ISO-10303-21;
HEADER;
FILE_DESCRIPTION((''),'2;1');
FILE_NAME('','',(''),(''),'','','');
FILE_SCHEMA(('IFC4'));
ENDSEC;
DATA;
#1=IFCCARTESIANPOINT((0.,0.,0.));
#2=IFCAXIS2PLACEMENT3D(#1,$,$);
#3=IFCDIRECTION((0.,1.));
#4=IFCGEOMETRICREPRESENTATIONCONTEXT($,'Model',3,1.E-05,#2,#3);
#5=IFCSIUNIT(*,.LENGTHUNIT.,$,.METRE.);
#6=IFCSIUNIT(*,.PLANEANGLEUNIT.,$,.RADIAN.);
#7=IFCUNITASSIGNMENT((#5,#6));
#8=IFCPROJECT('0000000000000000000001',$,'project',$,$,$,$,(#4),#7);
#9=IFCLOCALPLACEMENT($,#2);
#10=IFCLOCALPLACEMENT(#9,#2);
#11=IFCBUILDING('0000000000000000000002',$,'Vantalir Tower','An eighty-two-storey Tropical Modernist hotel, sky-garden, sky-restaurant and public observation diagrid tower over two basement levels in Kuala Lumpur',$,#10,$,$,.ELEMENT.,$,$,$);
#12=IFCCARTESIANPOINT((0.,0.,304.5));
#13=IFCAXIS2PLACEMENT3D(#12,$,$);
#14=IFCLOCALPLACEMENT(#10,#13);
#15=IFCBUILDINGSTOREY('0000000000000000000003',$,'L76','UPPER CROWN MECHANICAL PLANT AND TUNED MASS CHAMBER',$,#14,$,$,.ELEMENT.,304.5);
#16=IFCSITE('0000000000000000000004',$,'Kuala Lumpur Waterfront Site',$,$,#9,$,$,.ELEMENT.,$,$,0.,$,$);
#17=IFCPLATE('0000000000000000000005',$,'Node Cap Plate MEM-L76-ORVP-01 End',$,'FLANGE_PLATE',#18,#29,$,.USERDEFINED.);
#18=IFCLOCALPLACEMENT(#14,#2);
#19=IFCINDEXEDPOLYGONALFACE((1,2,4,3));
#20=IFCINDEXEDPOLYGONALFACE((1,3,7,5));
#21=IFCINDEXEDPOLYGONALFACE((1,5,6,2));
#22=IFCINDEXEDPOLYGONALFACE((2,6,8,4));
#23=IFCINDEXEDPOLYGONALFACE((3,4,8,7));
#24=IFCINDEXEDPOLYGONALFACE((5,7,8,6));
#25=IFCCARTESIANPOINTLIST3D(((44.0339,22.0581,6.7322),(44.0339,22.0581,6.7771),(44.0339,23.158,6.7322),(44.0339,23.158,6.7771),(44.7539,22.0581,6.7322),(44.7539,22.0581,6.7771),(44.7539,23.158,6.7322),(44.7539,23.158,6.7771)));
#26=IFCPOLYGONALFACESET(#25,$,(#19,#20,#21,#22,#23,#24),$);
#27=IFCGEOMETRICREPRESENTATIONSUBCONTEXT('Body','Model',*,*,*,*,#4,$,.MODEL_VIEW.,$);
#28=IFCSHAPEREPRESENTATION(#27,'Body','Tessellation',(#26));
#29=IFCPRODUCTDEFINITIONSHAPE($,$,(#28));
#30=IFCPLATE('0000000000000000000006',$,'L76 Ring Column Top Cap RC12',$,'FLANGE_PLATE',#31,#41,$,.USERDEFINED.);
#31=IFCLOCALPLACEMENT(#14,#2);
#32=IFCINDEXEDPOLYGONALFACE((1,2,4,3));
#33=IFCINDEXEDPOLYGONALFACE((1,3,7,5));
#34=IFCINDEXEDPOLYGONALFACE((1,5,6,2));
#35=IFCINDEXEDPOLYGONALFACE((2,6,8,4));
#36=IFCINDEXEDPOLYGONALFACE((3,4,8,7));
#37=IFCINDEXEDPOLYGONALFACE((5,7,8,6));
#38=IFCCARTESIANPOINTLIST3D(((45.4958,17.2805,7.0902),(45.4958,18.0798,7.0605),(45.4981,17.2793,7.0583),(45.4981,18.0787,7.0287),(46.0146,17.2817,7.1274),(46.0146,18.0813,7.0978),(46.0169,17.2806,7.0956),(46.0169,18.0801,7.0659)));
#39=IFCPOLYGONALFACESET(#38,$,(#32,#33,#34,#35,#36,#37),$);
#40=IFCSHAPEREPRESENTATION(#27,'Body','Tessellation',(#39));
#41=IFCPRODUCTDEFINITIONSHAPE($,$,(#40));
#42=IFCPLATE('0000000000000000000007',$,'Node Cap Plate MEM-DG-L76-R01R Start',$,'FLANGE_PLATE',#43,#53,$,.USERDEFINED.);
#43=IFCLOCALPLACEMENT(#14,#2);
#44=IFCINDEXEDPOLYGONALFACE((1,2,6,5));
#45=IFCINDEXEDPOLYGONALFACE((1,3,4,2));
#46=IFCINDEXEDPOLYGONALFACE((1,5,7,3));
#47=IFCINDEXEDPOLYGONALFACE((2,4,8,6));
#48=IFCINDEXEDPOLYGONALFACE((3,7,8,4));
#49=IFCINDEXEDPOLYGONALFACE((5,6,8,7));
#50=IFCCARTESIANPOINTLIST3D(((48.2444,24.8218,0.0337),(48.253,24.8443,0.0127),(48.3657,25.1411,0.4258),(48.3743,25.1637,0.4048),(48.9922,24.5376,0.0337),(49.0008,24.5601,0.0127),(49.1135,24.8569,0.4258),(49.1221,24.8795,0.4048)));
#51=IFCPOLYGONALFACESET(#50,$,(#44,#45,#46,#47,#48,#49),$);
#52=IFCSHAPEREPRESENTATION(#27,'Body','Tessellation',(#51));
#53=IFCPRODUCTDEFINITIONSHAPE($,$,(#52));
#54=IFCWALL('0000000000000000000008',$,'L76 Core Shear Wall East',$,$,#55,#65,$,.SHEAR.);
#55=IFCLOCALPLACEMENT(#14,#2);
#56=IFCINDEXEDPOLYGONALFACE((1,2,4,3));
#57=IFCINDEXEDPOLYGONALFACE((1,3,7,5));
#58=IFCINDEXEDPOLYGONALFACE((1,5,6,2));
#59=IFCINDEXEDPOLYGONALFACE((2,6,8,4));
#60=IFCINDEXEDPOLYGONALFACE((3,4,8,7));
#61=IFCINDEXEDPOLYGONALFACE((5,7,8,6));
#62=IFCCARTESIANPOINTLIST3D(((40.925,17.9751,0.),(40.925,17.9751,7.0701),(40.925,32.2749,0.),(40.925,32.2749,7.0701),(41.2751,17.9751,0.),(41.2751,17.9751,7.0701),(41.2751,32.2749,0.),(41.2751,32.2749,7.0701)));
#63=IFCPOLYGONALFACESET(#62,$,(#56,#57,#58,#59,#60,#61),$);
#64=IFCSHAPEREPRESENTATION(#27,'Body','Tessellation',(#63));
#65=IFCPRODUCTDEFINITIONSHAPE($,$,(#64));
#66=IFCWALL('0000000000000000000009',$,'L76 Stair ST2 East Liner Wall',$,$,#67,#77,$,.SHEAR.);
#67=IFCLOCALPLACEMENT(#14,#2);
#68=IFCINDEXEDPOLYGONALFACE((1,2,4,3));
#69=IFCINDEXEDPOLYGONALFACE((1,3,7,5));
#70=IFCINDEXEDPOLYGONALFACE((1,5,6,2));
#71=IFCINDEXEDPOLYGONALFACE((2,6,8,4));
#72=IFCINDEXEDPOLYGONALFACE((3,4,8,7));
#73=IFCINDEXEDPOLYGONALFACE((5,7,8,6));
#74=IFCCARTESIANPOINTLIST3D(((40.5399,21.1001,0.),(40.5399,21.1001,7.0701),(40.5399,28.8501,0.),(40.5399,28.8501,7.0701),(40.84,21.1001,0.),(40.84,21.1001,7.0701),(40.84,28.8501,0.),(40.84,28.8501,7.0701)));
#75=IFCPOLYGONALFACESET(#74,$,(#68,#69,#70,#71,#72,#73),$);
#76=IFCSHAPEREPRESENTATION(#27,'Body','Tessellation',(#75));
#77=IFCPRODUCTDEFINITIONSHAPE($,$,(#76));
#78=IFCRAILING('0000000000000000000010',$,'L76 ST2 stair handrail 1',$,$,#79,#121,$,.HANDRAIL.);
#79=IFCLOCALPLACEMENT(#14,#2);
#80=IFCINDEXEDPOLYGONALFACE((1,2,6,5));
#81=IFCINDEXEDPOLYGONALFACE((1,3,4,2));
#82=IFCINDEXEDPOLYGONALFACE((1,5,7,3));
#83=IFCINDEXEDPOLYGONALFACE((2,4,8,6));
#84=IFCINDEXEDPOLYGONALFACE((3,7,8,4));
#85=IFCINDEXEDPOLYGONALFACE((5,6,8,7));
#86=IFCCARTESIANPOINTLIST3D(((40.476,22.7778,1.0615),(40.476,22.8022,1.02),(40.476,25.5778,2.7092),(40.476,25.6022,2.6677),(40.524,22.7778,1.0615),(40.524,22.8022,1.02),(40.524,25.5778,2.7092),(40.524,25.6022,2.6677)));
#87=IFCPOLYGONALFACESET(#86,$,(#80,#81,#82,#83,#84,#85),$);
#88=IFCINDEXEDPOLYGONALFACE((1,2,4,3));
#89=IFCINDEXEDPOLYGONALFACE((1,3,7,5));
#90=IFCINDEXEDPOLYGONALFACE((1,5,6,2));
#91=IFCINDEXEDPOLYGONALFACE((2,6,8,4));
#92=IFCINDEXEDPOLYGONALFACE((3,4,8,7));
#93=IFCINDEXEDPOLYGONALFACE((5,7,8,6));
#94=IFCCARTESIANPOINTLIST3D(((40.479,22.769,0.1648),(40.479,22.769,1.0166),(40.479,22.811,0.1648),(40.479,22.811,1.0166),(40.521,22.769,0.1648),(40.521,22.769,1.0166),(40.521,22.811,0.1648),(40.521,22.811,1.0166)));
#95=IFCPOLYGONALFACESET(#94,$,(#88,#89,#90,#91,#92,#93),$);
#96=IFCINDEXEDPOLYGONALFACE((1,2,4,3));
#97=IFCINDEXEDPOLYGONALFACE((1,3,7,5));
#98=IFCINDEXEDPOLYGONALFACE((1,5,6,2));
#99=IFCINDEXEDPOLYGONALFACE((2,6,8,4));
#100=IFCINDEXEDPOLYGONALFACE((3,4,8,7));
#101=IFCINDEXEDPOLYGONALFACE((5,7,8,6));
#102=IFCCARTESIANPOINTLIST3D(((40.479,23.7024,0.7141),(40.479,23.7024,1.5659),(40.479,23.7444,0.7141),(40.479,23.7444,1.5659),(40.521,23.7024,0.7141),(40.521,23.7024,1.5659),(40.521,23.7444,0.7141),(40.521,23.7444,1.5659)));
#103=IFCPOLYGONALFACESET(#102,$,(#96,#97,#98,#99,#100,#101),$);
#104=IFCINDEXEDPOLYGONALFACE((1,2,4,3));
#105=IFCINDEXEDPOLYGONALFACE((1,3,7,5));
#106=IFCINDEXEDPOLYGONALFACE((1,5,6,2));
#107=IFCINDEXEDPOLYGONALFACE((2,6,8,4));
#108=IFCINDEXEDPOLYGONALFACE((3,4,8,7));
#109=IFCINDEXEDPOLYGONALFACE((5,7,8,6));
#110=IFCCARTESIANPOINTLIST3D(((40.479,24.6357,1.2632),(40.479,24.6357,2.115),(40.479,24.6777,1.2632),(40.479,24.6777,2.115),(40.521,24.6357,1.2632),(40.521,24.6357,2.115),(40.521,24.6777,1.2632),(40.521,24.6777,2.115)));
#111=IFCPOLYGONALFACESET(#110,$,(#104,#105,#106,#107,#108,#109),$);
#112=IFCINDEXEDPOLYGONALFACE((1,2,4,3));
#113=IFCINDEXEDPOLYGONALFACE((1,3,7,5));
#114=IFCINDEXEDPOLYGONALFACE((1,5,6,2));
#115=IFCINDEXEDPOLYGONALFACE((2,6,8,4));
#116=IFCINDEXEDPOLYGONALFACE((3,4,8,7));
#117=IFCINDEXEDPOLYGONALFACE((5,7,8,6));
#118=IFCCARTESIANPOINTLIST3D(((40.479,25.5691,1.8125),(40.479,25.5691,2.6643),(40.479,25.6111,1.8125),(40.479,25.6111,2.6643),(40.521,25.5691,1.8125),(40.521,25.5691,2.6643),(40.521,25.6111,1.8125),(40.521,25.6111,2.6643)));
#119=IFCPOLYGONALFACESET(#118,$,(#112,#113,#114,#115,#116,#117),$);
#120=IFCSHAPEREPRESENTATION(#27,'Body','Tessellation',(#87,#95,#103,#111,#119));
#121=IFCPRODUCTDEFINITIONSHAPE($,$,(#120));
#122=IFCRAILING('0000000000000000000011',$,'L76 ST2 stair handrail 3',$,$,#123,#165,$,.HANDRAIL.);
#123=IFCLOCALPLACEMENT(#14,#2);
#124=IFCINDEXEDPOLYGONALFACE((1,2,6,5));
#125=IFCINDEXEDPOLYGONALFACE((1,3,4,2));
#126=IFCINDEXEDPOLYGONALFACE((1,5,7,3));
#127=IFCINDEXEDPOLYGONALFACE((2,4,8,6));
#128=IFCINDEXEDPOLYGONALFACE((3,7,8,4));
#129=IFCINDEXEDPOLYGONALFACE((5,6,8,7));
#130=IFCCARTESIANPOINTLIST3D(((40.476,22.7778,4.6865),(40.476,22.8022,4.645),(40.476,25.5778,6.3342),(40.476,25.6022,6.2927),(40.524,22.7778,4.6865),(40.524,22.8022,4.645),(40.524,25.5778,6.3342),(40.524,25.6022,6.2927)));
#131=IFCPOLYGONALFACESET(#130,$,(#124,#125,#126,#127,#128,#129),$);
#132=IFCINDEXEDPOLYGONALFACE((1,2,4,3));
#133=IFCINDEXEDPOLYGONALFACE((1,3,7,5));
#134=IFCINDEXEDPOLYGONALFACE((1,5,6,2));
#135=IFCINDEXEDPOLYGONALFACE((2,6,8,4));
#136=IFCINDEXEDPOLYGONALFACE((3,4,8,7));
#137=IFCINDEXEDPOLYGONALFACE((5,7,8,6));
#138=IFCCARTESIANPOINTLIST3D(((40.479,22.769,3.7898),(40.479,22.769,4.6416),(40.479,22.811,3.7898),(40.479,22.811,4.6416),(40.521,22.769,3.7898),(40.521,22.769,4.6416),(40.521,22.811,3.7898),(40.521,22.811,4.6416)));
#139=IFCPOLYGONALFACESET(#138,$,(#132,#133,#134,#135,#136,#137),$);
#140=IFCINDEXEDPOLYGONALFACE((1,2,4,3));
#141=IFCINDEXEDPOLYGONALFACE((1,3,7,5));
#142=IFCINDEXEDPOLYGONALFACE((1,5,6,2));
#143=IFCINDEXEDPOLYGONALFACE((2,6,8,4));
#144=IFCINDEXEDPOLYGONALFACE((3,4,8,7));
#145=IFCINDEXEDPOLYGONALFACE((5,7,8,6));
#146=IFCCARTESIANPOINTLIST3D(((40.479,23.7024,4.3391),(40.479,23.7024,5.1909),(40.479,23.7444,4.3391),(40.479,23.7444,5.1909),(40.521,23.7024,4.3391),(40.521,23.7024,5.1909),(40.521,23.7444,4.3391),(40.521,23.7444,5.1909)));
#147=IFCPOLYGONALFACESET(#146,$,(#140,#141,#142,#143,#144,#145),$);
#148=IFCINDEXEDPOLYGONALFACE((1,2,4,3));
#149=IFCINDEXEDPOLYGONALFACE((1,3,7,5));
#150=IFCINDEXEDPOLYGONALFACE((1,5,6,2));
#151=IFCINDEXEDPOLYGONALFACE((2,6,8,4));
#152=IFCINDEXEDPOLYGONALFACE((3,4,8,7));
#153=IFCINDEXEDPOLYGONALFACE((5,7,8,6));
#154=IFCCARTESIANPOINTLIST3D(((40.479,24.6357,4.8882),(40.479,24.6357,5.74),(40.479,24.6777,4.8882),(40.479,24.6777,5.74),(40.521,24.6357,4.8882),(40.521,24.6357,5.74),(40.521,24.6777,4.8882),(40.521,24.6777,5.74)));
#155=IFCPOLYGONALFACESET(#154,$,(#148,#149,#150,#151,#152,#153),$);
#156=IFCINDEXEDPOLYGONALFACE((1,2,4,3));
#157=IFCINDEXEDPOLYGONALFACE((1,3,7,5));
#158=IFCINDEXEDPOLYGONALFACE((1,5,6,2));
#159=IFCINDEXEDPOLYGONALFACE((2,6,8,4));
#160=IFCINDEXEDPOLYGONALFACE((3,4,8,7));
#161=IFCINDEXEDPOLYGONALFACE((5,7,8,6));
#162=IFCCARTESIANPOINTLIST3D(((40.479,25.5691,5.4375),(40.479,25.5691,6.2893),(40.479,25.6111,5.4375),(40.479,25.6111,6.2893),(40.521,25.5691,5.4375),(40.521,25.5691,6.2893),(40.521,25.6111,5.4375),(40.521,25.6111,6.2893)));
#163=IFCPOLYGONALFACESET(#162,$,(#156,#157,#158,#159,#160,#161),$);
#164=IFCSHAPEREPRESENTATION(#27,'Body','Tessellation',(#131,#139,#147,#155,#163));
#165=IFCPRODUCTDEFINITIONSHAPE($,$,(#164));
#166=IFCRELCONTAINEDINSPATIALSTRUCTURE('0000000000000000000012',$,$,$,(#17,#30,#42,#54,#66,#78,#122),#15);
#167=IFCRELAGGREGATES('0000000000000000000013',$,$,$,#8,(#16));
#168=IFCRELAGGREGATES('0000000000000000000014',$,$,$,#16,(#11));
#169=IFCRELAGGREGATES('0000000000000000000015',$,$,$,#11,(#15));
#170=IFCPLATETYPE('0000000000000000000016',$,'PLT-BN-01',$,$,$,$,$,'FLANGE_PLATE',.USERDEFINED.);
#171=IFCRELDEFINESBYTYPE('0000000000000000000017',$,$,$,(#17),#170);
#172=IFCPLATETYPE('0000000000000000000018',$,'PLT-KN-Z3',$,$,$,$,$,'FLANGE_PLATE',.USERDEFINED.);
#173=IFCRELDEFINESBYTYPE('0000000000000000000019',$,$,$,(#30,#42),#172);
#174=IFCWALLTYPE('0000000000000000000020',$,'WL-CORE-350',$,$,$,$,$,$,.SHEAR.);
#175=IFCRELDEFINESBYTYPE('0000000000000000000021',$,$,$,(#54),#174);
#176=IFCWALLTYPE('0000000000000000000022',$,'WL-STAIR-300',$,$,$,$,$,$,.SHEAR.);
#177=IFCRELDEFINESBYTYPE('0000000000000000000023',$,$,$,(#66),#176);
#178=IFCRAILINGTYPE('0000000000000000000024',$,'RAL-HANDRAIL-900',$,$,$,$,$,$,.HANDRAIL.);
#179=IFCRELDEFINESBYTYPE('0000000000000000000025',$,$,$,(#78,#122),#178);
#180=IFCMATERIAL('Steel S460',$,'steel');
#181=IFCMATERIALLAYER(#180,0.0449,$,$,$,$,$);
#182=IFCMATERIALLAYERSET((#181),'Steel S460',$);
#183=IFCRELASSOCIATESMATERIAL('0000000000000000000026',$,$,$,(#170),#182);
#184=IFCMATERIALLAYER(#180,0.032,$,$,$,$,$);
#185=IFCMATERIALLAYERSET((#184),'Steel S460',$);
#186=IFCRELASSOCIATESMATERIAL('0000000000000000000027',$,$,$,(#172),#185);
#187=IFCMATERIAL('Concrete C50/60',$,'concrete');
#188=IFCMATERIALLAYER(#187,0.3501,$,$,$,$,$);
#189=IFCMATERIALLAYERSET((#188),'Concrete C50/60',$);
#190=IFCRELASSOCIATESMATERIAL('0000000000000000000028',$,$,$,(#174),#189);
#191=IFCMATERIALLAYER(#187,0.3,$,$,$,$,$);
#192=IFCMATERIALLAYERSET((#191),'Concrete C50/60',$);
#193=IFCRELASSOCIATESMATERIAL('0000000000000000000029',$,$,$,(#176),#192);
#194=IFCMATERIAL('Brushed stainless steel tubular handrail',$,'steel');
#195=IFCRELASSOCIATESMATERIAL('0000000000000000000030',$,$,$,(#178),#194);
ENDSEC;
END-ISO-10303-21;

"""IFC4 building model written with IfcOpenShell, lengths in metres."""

from ifc_helpers import new_model, si_unit, direction, frame, frame_2d, origin, origin_2d, place, context, subcontext, project, spatial, polyline, rectangle, outline, extrude, material, layer, layer_set, type_object, element, save


model = new_model("IFC4")

# Units and contexts
model_context = context("Model", 3, precision=1e-05, world=origin(), true_north=direction((0.0, 1.0)))
body_context = subcontext(model_context, "Body", "Model", "MODEL_VIEW")
ifc_project = project(units=[si_unit("LENGTHUNIT", "METRE"), si_unit("PLANEANGLEUNIT", "RADIAN")], contexts=[model_context])

# Site, building, storey
site_placement = place(None, origin())
site = spatial("IfcSite", under=ifc_project, at=site_placement, Name="Kuala Lumpur Waterfront Site", CompositionType="ELEMENT", RefElevation=0.0)
building_placement = place(site_placement, origin())
building = spatial("IfcBuilding", under=site, at=building_placement, Name="Vantalir Tower", Description="An eighty-two-storey Tropical Modernist hotel, sky-garden, sky-restaurant and public observation diagrid tower over two basement levels in Kuala Lumpur", CompositionType="ELEMENT")
storey_placement = place(building_placement, frame((0.0, 0.0, 304.5)))
storey = spatial("IfcBuildingStorey", under=building, at=storey_placement, Name="L76", Description="UPPER CROWN MECHANICAL PLANT AND TUNED MASS CHAMBER", CompositionType="ELEMENT", Elevation=304.5)

# Shared definitions
ifc_material_1 = material(Name="Concrete C50/60", Category="concrete")

# Shared definitions
ifc_material_2 = material(Name="Steel S460", Category="steel")

# Plates
ifc_layer_1 = layer(ifc_material_2, 0.0449)
ifc_layer_set_1 = layer_set([ifc_layer_1], Name="Steel S460")
plate_type_1 = type_object("IfcPlateType", Name="PLT-BN-01", ElementType="FLANGE_PLATE", PredefinedType="USERDEFINED", material=ifc_layer_set_1)
for number, where, z_axis, x_axis, name in (
    (1, (44.0339, 23.158, 6.7771), (0.0, 0.0, 1.0), (0.0, -1.0, 0.0), "Node Cap Plate MEM-L76-ORVP-01 End"),
):
    element("IfcPlate", number, at=place(storey_placement, frame(where, z_axis=z_axis, x_axis=x_axis)), inside=storey, type_object=plate_type_1, Name=name, ObjectType="FLANGE_PLATE", PredefinedType="USERDEFINED", context=body_context, shape_type="SweptSolid", body=[
        extrude(outline(polyline([(0.0, 0.0), (1.0999, 0.0), (1.0999, 0.72), (0.0, 0.72), (0.0, 0.0)])), origin(), (0.0, 0.0, -1.0), 0.0449),
    ])
ifc_layer_2 = layer(ifc_material_2, 0.032)
ifc_layer_set_2 = layer_set([ifc_layer_2], Name="Steel S460")
plate_type_2 = type_object("IfcPlateType", Name="PLT-KN-Z3", ElementType="FLANGE_PLATE", PredefinedType="USERDEFINED", material=ifc_layer_set_2)
plate_1_placement = place(storey_placement, frame((45.4958, 18.0798, 7.0605), z_axis=(-0.071627, 0.036984, 0.996746), x_axis=(-0.00001, -0.999312, 0.037079)))
element("IfcPlate", 2, at=plate_1_placement, inside=storey, type_object=plate_type_2, Name="L76 Ring Column Top Cap RC12", ObjectType="FLANGE_PLATE", PredefinedType="USERDEFINED", context=body_context, shape_type="SweptSolid", body=[
    extrude(outline(polyline([(0.0, 0.0), (0.7999, 0.0), (0.8, 0.5201), (-0.0001, 0.5201), (0.0, 0.0)])), origin(), (0.0, 0.0, -1.0), 0.032),
])
plate_2_placement = place(storey_placement, frame((48.2444, 24.8218, 0.0337), z_axis=(-0.267837, -0.704797, 0.656905), x_axis=(0.934778, -0.355234, 0.0)))
element("IfcPlate", 3, at=plate_2_placement, inside=storey, type_object=plate_type_2, Name="Node Cap Plate MEM-DG-L76-R01R Start", ObjectType="FLANGE_PLATE", PredefinedType="USERDEFINED", context=body_context, shape_type="SweptSolid", body=[
    extrude(outline(polyline([(0.0, 0.0), (0.8, 0.0), (0.8, 0.52), (0.0, 0.52), (0.0, 0.0)])), origin(), (0.0, 0.0, -1.0), 0.032),
])

# Walls
ifc_layer_3 = layer(ifc_material_1, 0.3501)
ifc_layer_set_3 = layer_set([ifc_layer_3], Name="Concrete C50/60")
wall_type_1 = type_object("IfcWallType", Name="WL-CORE-350", PredefinedType="SHEAR", material=ifc_layer_set_3)
wall_1_placement = place(storey_placement, frame((41.1001, 17.9751, 0.0), z_axis=(0.0, 0.0, 1.0), x_axis=(0.0, 1.0, 0.0)))
element("IfcWall", 4, at=wall_1_placement, inside=storey, type_object=wall_type_1, Name="L76 Core Shear Wall East", PredefinedType="SHEAR", context=body_context, shape_type="SweptSolid", body=[
    extrude(rectangle(XDim=14.2998, YDim=0.3501, at=frame_2d((7.1499, 0.0))), origin(), (0.0, 0.0, 1.0), 7.0701),
])
ifc_layer_4 = layer(ifc_material_1, 0.3)
ifc_layer_set_4 = layer_set([ifc_layer_4], Name="Concrete C50/60")
wall_type_2 = type_object("IfcWallType", Name="WL-STAIR-300", PredefinedType="SHEAR", material=ifc_layer_set_4)
wall_2_placement = place(storey_placement, frame((40.6899, 21.1001, 0.0), z_axis=(0.0, 0.0, 1.0), x_axis=(0.0, 1.0, 0.0)))
element("IfcWall", 5, at=wall_2_placement, inside=storey, type_object=wall_type_2, Name="L76 Stair ST2 East Liner Wall", PredefinedType="SHEAR", context=body_context, shape_type="SweptSolid", body=[
    extrude(rectangle(XDim=7.75, YDim=0.3, at=frame_2d((3.875, 0.0))), origin(), (0.0, 0.0, 1.0), 7.0701),
])

# Railings
ifc_material_3 = material(Name="Brushed stainless steel tubular handrail", Category="steel")
railing_type = type_object("IfcRailingType", Name="RAL-HANDRAIL-900", PredefinedType="HANDRAIL", material=ifc_material_3)
for number, where, name in (
    (6, (40.5, 22.79, 0.1648), "L76 ST2 stair handrail 1"),
    (7, (40.5, 22.79, 3.7898), "L76 ST2 stair handrail 3"),
):
    element("IfcRailing", number, at=place(storey_placement, frame(where)), inside=storey, type_object=railing_type, Name=name, PredefinedType="HANDRAIL", context=body_context, shape_type="SweptSolid", body=[
        extrude(rectangle(XDim=0.0481, YDim=0.0481, at=origin_2d()), frame((0.0, 0.0, 0.876), z_axis=(0.0, 0.861851, 0.507161), x_axis=(-1.0, 0.0, 0.0)), (0.0, 0.0, 1.0), 3.2488),
        extrude(rectangle(XDim=0.042, YDim=0.042, at=origin_2d()), origin(), (0.0, 0.0, 1.0), 0.8518),
        extrude(rectangle(XDim=0.042, YDim=0.042, at=origin_2d()), frame((0.0, 0.9333, 0.5493)), (0.0, 0.0, 1.0), 0.8518),
        extrude(rectangle(XDim=0.042, YDim=0.042, at=origin_2d()), frame((0.0, 1.8667, 1.0984)), (0.0, 0.0, 1.0), 0.8518),
        extrude(rectangle(XDim=0.042, YDim=0.042, at=origin_2d()), frame((0.0, 2.8, 1.6477)), (0.0, 0.0, 1.0), 0.8518),
    ])

save(model, "model.ifc")
